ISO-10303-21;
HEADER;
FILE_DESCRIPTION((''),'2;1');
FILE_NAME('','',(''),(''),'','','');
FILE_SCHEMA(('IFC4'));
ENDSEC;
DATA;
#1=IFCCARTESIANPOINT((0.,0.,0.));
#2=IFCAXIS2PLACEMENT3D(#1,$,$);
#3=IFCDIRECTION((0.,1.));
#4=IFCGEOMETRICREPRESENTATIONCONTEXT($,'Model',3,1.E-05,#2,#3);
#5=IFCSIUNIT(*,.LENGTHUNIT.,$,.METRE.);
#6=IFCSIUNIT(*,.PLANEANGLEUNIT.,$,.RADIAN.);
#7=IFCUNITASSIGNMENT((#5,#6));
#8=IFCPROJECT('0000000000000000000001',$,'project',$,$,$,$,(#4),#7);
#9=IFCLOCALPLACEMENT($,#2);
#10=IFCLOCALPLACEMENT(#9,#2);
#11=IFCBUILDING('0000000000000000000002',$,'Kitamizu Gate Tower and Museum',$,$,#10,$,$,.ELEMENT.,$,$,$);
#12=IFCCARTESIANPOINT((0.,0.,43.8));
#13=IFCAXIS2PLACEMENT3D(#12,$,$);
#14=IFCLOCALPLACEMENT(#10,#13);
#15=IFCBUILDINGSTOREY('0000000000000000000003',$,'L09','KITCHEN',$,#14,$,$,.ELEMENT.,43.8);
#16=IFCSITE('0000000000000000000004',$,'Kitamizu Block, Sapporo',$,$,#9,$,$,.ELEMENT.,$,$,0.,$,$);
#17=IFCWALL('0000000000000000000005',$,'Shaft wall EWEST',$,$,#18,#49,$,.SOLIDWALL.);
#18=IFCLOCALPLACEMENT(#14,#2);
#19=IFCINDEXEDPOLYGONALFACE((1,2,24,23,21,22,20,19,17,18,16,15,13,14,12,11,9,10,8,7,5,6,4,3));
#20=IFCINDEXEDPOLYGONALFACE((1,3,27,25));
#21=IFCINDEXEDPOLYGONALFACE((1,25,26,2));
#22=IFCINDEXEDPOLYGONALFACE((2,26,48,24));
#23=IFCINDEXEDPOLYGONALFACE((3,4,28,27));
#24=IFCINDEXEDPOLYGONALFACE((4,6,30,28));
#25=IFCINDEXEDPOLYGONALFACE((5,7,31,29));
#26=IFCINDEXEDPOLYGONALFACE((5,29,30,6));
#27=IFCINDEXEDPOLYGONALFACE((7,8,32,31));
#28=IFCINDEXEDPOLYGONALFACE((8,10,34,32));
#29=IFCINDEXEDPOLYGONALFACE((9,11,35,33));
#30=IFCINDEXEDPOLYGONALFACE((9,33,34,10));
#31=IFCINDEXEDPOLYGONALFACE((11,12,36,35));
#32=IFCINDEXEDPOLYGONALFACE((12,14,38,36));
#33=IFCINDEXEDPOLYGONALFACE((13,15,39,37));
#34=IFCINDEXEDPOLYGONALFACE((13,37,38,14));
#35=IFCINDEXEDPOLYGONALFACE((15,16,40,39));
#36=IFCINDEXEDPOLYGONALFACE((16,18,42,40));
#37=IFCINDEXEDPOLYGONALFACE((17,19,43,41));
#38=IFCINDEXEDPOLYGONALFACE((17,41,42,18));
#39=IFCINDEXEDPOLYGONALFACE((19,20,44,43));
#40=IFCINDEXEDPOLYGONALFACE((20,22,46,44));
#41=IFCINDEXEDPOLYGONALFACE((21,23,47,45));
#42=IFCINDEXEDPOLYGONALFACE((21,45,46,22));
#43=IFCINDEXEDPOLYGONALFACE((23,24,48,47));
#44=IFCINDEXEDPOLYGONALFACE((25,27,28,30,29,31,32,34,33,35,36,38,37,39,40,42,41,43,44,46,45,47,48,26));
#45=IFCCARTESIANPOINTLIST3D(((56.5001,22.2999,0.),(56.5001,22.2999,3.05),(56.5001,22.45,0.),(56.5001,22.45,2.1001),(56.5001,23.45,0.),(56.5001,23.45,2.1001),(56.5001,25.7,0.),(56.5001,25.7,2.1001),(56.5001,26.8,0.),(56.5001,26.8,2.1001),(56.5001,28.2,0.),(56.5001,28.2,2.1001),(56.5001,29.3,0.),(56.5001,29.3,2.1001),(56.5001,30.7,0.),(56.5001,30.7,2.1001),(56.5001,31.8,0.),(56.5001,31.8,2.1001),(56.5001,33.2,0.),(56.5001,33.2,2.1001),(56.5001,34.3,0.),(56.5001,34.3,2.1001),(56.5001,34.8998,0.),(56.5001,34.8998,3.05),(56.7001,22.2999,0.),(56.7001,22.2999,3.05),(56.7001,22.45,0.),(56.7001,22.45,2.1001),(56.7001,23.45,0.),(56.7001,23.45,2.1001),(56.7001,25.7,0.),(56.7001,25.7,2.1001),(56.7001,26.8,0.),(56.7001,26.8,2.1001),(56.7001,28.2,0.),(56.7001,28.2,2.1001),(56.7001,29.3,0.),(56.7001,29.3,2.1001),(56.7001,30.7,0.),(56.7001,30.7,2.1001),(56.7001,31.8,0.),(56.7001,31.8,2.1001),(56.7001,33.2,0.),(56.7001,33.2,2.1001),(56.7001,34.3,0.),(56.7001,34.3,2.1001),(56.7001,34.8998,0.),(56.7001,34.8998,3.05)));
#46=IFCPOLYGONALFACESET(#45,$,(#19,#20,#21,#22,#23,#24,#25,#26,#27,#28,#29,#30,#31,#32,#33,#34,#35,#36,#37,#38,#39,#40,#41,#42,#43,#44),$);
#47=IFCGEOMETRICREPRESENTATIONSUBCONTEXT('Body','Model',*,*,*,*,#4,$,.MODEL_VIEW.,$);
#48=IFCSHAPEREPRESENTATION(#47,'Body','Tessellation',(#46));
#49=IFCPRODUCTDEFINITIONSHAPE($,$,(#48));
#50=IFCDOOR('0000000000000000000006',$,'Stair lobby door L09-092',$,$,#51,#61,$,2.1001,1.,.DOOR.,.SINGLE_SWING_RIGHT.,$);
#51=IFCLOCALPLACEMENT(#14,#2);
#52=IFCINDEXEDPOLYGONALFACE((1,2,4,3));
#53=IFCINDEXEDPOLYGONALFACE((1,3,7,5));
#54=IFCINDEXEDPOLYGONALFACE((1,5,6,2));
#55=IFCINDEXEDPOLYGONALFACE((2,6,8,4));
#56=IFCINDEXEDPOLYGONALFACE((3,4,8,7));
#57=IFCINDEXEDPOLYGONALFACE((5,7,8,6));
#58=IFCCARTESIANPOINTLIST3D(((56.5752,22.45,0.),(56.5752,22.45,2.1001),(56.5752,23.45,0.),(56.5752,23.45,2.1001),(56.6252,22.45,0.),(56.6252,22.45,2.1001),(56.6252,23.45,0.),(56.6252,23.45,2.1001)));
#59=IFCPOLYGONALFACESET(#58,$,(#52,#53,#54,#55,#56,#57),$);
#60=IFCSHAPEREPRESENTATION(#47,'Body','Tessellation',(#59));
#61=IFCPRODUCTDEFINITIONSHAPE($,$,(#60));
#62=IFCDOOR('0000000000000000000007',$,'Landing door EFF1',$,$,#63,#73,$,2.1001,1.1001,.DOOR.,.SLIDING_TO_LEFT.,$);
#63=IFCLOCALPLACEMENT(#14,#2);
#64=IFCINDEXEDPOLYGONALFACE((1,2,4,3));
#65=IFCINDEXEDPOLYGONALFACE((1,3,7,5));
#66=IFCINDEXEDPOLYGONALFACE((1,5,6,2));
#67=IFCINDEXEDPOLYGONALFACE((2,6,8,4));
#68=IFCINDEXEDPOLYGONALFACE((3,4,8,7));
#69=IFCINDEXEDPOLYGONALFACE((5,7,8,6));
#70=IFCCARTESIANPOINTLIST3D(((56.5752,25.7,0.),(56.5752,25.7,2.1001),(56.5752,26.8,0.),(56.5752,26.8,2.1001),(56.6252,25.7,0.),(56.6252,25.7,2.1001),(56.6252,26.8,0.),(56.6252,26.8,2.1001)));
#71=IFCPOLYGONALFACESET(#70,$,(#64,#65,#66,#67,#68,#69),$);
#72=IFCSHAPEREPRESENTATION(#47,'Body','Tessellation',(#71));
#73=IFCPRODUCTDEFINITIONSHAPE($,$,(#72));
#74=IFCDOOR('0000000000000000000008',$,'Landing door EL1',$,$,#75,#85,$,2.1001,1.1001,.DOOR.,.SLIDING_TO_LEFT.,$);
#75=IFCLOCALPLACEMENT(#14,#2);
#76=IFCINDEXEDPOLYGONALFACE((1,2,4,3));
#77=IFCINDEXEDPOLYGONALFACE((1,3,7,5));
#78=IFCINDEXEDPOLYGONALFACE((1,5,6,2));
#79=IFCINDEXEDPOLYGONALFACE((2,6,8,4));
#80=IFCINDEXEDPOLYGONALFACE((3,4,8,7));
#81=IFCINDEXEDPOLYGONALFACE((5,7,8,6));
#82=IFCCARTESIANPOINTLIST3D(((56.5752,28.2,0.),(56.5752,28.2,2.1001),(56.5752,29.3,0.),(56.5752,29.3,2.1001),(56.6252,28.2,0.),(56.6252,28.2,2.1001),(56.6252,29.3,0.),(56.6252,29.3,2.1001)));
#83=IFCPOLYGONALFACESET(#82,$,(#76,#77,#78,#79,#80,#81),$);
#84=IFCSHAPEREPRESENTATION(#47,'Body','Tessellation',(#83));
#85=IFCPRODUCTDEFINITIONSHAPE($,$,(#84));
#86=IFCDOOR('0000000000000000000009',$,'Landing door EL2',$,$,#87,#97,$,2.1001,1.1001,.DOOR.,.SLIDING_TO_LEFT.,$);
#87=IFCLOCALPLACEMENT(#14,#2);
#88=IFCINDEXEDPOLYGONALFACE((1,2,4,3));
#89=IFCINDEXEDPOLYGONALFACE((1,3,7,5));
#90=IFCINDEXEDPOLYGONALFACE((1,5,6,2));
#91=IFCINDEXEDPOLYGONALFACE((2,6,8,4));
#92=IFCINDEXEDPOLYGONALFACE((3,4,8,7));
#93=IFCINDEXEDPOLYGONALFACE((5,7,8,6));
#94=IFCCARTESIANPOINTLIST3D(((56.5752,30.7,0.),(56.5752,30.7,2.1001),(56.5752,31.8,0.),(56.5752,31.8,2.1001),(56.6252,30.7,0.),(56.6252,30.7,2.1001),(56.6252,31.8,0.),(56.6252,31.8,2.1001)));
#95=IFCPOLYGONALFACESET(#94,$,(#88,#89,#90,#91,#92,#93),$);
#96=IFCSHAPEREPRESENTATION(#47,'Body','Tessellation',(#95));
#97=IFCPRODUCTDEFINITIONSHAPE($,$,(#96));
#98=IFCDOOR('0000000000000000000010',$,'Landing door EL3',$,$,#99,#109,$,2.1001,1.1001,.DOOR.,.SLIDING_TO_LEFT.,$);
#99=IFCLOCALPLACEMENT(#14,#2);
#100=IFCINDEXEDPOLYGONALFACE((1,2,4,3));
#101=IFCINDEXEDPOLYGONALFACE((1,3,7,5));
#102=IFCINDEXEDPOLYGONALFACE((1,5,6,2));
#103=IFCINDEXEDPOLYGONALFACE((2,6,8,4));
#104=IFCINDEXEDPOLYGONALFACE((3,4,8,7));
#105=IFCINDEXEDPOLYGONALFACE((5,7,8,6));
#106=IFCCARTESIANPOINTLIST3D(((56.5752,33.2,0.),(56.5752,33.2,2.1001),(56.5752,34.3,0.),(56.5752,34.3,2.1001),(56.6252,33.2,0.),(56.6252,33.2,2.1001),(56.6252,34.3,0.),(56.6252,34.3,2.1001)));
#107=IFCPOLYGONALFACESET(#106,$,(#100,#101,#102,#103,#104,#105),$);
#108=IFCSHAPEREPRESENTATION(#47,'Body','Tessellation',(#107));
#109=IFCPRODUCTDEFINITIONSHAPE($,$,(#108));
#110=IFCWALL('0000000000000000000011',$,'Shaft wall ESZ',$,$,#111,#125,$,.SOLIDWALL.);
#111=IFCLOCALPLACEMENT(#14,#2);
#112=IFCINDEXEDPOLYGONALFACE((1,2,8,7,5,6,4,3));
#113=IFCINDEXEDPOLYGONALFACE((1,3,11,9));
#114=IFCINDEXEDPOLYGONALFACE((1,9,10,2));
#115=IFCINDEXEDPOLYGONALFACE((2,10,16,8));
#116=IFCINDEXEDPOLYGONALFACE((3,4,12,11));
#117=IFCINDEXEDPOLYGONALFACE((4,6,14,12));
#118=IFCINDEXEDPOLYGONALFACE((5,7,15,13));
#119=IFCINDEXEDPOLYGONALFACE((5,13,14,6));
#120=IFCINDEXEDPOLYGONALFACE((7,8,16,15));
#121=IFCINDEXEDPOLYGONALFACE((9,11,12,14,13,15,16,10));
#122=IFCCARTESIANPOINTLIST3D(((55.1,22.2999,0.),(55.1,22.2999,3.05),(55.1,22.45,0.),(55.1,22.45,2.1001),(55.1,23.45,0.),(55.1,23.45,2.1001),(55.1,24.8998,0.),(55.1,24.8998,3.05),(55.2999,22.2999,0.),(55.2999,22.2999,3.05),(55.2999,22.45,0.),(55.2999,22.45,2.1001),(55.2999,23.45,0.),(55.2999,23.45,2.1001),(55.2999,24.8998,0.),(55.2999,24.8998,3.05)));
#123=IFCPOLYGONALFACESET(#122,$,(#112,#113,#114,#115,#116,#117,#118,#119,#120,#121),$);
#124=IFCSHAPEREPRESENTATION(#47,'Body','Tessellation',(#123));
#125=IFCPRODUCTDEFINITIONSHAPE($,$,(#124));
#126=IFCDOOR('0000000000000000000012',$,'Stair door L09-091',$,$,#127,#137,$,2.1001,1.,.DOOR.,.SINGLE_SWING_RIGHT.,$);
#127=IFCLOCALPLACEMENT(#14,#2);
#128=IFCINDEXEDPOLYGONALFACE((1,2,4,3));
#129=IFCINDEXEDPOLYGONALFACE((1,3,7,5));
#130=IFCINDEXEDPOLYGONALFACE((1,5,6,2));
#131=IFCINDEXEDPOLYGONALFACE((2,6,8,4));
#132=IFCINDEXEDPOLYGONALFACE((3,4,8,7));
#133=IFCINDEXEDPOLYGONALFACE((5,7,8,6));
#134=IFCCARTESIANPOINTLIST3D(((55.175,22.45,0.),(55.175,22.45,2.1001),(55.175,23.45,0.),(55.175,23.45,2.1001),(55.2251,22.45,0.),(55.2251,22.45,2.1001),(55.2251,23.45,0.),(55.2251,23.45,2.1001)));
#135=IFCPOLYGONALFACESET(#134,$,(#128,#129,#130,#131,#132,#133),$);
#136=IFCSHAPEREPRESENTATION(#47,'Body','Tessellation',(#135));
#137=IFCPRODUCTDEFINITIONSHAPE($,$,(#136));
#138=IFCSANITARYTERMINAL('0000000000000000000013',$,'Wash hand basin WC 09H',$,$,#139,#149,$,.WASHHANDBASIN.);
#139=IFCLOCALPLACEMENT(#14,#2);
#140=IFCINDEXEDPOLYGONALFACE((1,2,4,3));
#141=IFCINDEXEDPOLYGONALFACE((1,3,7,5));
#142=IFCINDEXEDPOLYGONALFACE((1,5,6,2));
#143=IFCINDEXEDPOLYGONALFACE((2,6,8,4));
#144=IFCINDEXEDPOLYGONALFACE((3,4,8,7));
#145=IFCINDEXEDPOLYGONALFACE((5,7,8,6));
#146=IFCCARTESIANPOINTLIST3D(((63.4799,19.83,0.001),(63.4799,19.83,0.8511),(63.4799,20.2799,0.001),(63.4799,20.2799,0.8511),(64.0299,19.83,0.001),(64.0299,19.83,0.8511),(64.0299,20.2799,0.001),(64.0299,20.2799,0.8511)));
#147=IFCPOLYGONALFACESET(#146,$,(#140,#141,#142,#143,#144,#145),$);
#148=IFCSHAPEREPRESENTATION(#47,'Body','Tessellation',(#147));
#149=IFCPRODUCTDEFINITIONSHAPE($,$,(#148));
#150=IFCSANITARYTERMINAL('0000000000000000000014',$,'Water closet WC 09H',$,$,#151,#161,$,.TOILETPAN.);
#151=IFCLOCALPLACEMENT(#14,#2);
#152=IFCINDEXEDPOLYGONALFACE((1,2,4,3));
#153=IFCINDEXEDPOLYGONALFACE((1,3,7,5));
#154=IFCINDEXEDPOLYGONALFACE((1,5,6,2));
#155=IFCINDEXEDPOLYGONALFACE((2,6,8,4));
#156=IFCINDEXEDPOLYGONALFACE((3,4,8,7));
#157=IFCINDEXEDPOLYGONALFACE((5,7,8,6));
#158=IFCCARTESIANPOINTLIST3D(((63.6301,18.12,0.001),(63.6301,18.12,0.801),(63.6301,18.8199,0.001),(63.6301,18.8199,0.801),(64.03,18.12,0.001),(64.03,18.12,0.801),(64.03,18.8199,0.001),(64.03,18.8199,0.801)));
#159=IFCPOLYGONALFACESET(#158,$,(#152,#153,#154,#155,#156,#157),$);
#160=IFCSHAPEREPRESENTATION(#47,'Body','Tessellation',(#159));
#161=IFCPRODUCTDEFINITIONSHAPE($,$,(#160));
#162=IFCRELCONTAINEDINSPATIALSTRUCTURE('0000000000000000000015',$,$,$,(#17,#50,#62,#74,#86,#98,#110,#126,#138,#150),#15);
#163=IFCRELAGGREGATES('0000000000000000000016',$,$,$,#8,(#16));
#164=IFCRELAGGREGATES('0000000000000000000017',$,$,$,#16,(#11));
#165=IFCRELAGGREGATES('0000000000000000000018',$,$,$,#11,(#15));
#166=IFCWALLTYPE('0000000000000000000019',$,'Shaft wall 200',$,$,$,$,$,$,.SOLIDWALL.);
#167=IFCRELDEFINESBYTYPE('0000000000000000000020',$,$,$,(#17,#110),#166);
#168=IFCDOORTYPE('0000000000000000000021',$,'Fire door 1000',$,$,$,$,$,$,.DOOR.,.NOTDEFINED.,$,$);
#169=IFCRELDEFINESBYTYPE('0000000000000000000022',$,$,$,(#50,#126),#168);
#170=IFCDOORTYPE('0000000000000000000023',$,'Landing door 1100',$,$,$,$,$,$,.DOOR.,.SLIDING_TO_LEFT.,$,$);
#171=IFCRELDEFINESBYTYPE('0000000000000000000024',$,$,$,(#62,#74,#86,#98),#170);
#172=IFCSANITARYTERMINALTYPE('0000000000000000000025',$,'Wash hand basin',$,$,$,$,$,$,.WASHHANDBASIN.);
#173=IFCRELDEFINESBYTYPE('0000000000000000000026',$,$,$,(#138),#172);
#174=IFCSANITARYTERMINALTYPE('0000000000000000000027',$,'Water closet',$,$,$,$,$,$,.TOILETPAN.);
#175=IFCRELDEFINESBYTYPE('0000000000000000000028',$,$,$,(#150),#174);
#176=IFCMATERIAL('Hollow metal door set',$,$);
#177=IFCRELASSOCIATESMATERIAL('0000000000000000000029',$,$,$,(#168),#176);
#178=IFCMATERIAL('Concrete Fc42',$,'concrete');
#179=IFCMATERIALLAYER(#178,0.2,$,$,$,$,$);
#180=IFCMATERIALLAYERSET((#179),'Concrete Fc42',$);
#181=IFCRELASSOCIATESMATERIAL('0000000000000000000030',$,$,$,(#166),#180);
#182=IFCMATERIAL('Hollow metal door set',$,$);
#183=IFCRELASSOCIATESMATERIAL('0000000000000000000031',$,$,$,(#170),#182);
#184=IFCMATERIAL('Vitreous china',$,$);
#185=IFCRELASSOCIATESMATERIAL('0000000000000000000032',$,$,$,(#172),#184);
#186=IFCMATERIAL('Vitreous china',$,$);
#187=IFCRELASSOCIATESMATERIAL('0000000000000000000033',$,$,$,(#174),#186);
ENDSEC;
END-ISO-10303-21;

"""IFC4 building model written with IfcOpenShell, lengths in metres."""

from ifc_helpers import new_model, si_unit, direction, frame, frame_2d, origin, origin_2d, place, context, subcontext, project, spatial, rectangle, extrude, material, layer, layer_set, type_object, element, fill, save


model = new_model("IFC4")

# Units and contexts
model_context = context("Model", 3, precision=1e-05, world=origin(), true_north=direction((0.0, 1.0)))
body_context = subcontext(model_context, "Body", "Model", "MODEL_VIEW")
ifc_project = project(units=[si_unit("LENGTHUNIT", "METRE"), si_unit("PLANEANGLEUNIT", "RADIAN")], contexts=[model_context])

# Site, building, storey
site_placement = place(None, origin())
site = spatial("IfcSite", under=ifc_project, at=site_placement, Name="Kitamizu Block, Sapporo", CompositionType="ELEMENT", RefElevation=0.0)
building_placement = place(site_placement, origin())
building = spatial("IfcBuilding", under=site, at=building_placement, Name="Kitamizu Gate Tower and Museum", CompositionType="ELEMENT")
storey_placement = place(building_placement, frame((0.0, 0.0, 43.8)))
storey = spatial("IfcBuildingStorey", under=building, at=storey_placement, Name="L09", Description="KITCHEN", CompositionType="ELEMENT", Elevation=43.8)

# Shared definitions
ifc_material_1 = material(Name="Hollow metal door set")
door_type_1 = type_object("IfcDoorType", Name="Fire door 1000", OperationType="NOTDEFINED", PredefinedType="DOOR", material=ifc_material_1)

# Wall, openings, doors
ifc_material_2 = material(Name="Concrete Fc42", Category="concrete")
ifc_layer_1 = layer(ifc_material_2, 0.2)
ifc_layer_set_1 = layer_set([ifc_layer_1], Name="Concrete Fc42")
wall_type_1 = type_object("IfcWallType", Name="Shaft wall 200", PredefinedType="SOLIDWALL", material=ifc_layer_set_1)
wall_1_placement = place(storey_placement, frame((56.6001, 22.3, 0.0), z_axis=(0.0, 0.0, 1.0), x_axis=(0.0, 1.0, 0.0)))
wall_1 = element("IfcWall", 1, at=wall_1_placement, inside=storey, type_object=wall_type_1, Name="Shaft wall EWEST", PredefinedType="SOLIDWALL", context=body_context, shape_type="SweptSolid", body=[
    extrude(rectangle(XDim=12.5999, YDim=0.2, at=frame_2d((6.2998, 0.0))), origin(), (0.0, 0.0, 1.0), 3.05),
])
opening_1_placement = place(wall_1_placement, frame((3.3999, 0.0, 0.0)))
opening_1 = element("IfcOpeningElement", 2, at=opening_1_placement, cuts=wall_1, PredefinedType="OPENING", context=body_context, shape_type="SweptSolid", body=[
    extrude(rectangle(XDim=1.1001, YDim=2.1001, at=frame_2d((0.55, 1.05))), frame((0.0, 0.1099, 0.0), z_axis=(0.0, -1.0, 0.0), x_axis=(1.0, 0.0, 0.0)), (0.0, 0.0, 1.0), 0.22),
])
opening_2_placement = place(wall_1_placement, frame((5.8999, 0.0, 0.0)))
opening_2 = element("IfcOpeningElement", 3, at=opening_2_placement, cuts=wall_1, PredefinedType="OPENING", context=body_context, shape_type="SweptSolid", body=[
    extrude(rectangle(XDim=1.1001, YDim=2.1001, at=frame_2d((0.55, 1.05))), frame((0.0, 0.1099, 0.0), z_axis=(0.0, -1.0, 0.0), x_axis=(1.0, 0.0, 0.0)), (0.0, 0.0, 1.0), 0.22),
])
opening_3_placement = place(wall_1_placement, frame((8.3999, 0.0, 0.0)))
opening_3 = element("IfcOpeningElement", 4, at=opening_3_placement, cuts=wall_1, PredefinedType="OPENING", context=body_context, shape_type="SweptSolid", body=[
    extrude(rectangle(XDim=1.1001, YDim=2.1001, at=frame_2d((0.55, 1.05))), frame((0.0, 0.1099, 0.0), z_axis=(0.0, -1.0, 0.0), x_axis=(1.0, 0.0, 0.0)), (0.0, 0.0, 1.0), 0.22),
])
opening_4_placement = place(wall_1_placement, frame((10.8999, 0.0, 0.0)))
opening_4 = element("IfcOpeningElement", 5, at=opening_4_placement, cuts=wall_1, PredefinedType="OPENING", context=body_context, shape_type="SweptSolid", body=[
    extrude(rectangle(XDim=1.1001, YDim=2.1001, at=frame_2d((0.55, 1.05))), frame((0.0, 0.1099, 0.0), z_axis=(0.0, -1.0, 0.0), x_axis=(1.0, 0.0, 0.0)), (0.0, 0.0, 1.0), 0.22),
])
opening_5_placement = place(wall_1_placement, frame((0.1499, 0.0, 0.0)))
opening_5 = element("IfcOpeningElement", 6, at=opening_5_placement, cuts=wall_1, PredefinedType="OPENING", context=body_context, shape_type="SweptSolid", body=[
    extrude(rectangle(XDim=1.0, YDim=2.1001, at=frame_2d((0.5, 1.05))), frame((0.0, 0.1099, 0.0), z_axis=(0.0, -1.0, 0.0), x_axis=(1.0, 0.0, 0.0)), (0.0, 0.0, 1.0), 0.22),
])
door_1_placement = place(opening_5_placement, origin())
door_1 = element("IfcDoor", 7, at=door_1_placement, inside=storey, type_object=door_type_1, Name="Stair lobby door L09-092", OperationType="SINGLE_SWING_RIGHT", OverallHeight=2.1001, OverallWidth=1.0, PredefinedType="DOOR", context=body_context, shape_type="SweptSolid", body=[
    extrude(rectangle(XDim=1.0, YDim=2.1001, at=frame_2d((0.5, 1.05))), frame((0.0, 0.0249, 0.0), z_axis=(0.0, -1.0, 0.0), x_axis=(1.0, 0.0, 0.0)), (0.0, 0.0, 1.0), 0.05),
])
fill(opening_5, door_1)
ifc_material_3 = material(Name="Hollow metal door set")
door_type_2 = type_object("IfcDoorType", Name="Landing door 1100", OperationType="SLIDING_TO_LEFT", PredefinedType="DOOR", material=ifc_material_3)
door_2_placement = place(opening_1_placement, origin())
door_2 = element("IfcDoor", 8, at=door_2_placement, inside=storey, type_object=door_type_2, Name="Landing door EFF1", OperationType="SLIDING_TO_LEFT", OverallHeight=2.1001, OverallWidth=1.1001, PredefinedType="DOOR", context=body_context, shape_type="SweptSolid", body=[
    extrude(rectangle(XDim=1.1001, YDim=2.1001, at=frame_2d((0.55, 1.05))), frame((0.0, 0.0249, 0.0), z_axis=(0.0, -1.0, 0.0), x_axis=(1.0, 0.0, 0.0)), (0.0, 0.0, 1.0), 0.05),
])
fill(opening_1, door_2)
door_3_placement = place(opening_2_placement, origin())
door_3 = element("IfcDoor", 9, at=door_3_placement, inside=storey, type_object=door_type_2, Name="Landing door EL1", OperationType="SLIDING_TO_LEFT", OverallHeight=2.1001, OverallWidth=1.1001, PredefinedType="DOOR", context=body_context, shape_type="SweptSolid", body=[
    extrude(rectangle(XDim=1.1001, YDim=2.1001, at=frame_2d((0.55, 1.05))), frame((0.0, 0.0249, 0.0), z_axis=(0.0, -1.0, 0.0), x_axis=(1.0, 0.0, 0.0)), (0.0, 0.0, 1.0), 0.05),
])
fill(opening_2, door_3)
door_4_placement = place(opening_3_placement, origin())
door_4 = element("IfcDoor", 10, at=door_4_placement, inside=storey, type_object=door_type_2, Name="Landing door EL2", OperationType="SLIDING_TO_LEFT", OverallHeight=2.1001, OverallWidth=1.1001, PredefinedType="DOOR", context=body_context, shape_type="SweptSolid", body=[
    extrude(rectangle(XDim=1.1001, YDim=2.1001, at=frame_2d((0.55, 1.05))), frame((0.0, 0.0249, 0.0), z_axis=(0.0, -1.0, 0.0), x_axis=(1.0, 0.0, 0.0)), (0.0, 0.0, 1.0), 0.05),
])
fill(opening_3, door_4)
door_5_placement = place(opening_4_placement, origin())
door_5 = element("IfcDoor", 11, at=door_5_placement, inside=storey, type_object=door_type_2, Name="Landing door EL3", OperationType="SLIDING_TO_LEFT", OverallHeight=2.1001, OverallWidth=1.1001, PredefinedType="DOOR", context=body_context, shape_type="SweptSolid", body=[
    extrude(rectangle(XDim=1.1001, YDim=2.1001, at=frame_2d((0.55, 1.05))), frame((0.0, 0.0249, 0.0), z_axis=(0.0, -1.0, 0.0), x_axis=(1.0, 0.0, 0.0)), (0.0, 0.0, 1.0), 0.05),
])
fill(opening_4, door_5)

# Wall, opening, door
wall_2_placement = place(storey_placement, frame((55.2, 22.3, 0.0), z_axis=(0.0, 0.0, 1.0), x_axis=(0.0, 1.0, 0.0)))
wall_2 = element("IfcWall", 12, at=wall_2_placement, inside=storey, type_object=wall_type_1, Name="Shaft wall ESZ", PredefinedType="SOLIDWALL", context=body_context, shape_type="SweptSolid", body=[
    extrude(rectangle(XDim=2.5999, YDim=0.2, at=frame_2d((1.2998, 0.0))), origin(), (0.0, 0.0, 1.0), 3.05),
])
opening_6_placement = place(wall_2_placement, frame((0.1499, 0.0, 0.0)))
opening_6 = element("IfcOpeningElement", 13, at=opening_6_placement, cuts=wall_2, PredefinedType="OPENING", context=body_context, shape_type="SweptSolid", body=[
    extrude(rectangle(XDim=1.0, YDim=2.1001, at=frame_2d((0.5, 1.05))), frame((0.0, 0.1099, 0.0), z_axis=(0.0, -1.0, 0.0), x_axis=(1.0, 0.0, 0.0)), (0.0, 0.0, 1.0), 0.22),
])
door_6_placement = place(opening_6_placement, origin())
door_6 = element("IfcDoor", 14, at=door_6_placement, inside=storey, type_object=door_type_1, Name="Stair door L09-091", OperationType="SINGLE_SWING_RIGHT", OverallHeight=2.1001, OverallWidth=1.0, PredefinedType="DOOR", context=body_context, shape_type="SweptSolid", body=[
    extrude(rectangle(XDim=1.0, YDim=2.1001, at=frame_2d((0.5, 1.05))), frame((0.0, 0.0249, 0.0), z_axis=(0.0, -1.0, 0.0), x_axis=(1.0, 0.0, 0.0)), (0.0, 0.0, 1.0), 0.05),
])
fill(opening_6, door_6)

# Sanitary terminals
ifc_material_4 = material(Name="Vitreous china")
sanitary_terminal_type_1 = type_object("IfcSanitaryTerminalType", Name="Wash hand basin", PredefinedType="WASHHANDBASIN", material=ifc_material_4)
sanitary_terminal_1_placement = place(storey_placement, frame((63.7549, 20.0549, 0.001), z_axis=(0.0, 0.0, 1.0), x_axis=(1.0, 0.0, 0.0)))
element("IfcSanitaryTerminal", 15, at=sanitary_terminal_1_placement, inside=storey, type_object=sanitary_terminal_type_1, Name="Wash hand basin WC 09H", PredefinedType="WASHHANDBASIN", context=body_context, shape_type="SweptSolid", body=[
    extrude(rectangle(XDim=0.55, YDim=0.45, at=origin_2d()), origin(), (0.0, 0.0, 1.0), 0.8501),
])
ifc_material_5 = material(Name="Vitreous china")
sanitary_terminal_type_2 = type_object("IfcSanitaryTerminalType", Name="Water closet", PredefinedType="TOILETPAN", material=ifc_material_5)
sanitary_terminal_2_placement = place(storey_placement, frame((63.8301, 18.47, 0.001), z_axis=(0.0, 0.0, 1.0), x_axis=(1.0, 0.0, 0.0)))
element("IfcSanitaryTerminal", 16, at=sanitary_terminal_2_placement, inside=storey, type_object=sanitary_terminal_type_2, Name="Water closet WC 09H", PredefinedType="TOILETPAN", context=body_context, shape_type="SweptSolid", body=[
    extrude(rectangle(XDim=0.3999, YDim=0.7, at=origin_2d()), origin(), (0.0, 0.0, 1.0), 0.8),
])

save(model, "model.ifc")
